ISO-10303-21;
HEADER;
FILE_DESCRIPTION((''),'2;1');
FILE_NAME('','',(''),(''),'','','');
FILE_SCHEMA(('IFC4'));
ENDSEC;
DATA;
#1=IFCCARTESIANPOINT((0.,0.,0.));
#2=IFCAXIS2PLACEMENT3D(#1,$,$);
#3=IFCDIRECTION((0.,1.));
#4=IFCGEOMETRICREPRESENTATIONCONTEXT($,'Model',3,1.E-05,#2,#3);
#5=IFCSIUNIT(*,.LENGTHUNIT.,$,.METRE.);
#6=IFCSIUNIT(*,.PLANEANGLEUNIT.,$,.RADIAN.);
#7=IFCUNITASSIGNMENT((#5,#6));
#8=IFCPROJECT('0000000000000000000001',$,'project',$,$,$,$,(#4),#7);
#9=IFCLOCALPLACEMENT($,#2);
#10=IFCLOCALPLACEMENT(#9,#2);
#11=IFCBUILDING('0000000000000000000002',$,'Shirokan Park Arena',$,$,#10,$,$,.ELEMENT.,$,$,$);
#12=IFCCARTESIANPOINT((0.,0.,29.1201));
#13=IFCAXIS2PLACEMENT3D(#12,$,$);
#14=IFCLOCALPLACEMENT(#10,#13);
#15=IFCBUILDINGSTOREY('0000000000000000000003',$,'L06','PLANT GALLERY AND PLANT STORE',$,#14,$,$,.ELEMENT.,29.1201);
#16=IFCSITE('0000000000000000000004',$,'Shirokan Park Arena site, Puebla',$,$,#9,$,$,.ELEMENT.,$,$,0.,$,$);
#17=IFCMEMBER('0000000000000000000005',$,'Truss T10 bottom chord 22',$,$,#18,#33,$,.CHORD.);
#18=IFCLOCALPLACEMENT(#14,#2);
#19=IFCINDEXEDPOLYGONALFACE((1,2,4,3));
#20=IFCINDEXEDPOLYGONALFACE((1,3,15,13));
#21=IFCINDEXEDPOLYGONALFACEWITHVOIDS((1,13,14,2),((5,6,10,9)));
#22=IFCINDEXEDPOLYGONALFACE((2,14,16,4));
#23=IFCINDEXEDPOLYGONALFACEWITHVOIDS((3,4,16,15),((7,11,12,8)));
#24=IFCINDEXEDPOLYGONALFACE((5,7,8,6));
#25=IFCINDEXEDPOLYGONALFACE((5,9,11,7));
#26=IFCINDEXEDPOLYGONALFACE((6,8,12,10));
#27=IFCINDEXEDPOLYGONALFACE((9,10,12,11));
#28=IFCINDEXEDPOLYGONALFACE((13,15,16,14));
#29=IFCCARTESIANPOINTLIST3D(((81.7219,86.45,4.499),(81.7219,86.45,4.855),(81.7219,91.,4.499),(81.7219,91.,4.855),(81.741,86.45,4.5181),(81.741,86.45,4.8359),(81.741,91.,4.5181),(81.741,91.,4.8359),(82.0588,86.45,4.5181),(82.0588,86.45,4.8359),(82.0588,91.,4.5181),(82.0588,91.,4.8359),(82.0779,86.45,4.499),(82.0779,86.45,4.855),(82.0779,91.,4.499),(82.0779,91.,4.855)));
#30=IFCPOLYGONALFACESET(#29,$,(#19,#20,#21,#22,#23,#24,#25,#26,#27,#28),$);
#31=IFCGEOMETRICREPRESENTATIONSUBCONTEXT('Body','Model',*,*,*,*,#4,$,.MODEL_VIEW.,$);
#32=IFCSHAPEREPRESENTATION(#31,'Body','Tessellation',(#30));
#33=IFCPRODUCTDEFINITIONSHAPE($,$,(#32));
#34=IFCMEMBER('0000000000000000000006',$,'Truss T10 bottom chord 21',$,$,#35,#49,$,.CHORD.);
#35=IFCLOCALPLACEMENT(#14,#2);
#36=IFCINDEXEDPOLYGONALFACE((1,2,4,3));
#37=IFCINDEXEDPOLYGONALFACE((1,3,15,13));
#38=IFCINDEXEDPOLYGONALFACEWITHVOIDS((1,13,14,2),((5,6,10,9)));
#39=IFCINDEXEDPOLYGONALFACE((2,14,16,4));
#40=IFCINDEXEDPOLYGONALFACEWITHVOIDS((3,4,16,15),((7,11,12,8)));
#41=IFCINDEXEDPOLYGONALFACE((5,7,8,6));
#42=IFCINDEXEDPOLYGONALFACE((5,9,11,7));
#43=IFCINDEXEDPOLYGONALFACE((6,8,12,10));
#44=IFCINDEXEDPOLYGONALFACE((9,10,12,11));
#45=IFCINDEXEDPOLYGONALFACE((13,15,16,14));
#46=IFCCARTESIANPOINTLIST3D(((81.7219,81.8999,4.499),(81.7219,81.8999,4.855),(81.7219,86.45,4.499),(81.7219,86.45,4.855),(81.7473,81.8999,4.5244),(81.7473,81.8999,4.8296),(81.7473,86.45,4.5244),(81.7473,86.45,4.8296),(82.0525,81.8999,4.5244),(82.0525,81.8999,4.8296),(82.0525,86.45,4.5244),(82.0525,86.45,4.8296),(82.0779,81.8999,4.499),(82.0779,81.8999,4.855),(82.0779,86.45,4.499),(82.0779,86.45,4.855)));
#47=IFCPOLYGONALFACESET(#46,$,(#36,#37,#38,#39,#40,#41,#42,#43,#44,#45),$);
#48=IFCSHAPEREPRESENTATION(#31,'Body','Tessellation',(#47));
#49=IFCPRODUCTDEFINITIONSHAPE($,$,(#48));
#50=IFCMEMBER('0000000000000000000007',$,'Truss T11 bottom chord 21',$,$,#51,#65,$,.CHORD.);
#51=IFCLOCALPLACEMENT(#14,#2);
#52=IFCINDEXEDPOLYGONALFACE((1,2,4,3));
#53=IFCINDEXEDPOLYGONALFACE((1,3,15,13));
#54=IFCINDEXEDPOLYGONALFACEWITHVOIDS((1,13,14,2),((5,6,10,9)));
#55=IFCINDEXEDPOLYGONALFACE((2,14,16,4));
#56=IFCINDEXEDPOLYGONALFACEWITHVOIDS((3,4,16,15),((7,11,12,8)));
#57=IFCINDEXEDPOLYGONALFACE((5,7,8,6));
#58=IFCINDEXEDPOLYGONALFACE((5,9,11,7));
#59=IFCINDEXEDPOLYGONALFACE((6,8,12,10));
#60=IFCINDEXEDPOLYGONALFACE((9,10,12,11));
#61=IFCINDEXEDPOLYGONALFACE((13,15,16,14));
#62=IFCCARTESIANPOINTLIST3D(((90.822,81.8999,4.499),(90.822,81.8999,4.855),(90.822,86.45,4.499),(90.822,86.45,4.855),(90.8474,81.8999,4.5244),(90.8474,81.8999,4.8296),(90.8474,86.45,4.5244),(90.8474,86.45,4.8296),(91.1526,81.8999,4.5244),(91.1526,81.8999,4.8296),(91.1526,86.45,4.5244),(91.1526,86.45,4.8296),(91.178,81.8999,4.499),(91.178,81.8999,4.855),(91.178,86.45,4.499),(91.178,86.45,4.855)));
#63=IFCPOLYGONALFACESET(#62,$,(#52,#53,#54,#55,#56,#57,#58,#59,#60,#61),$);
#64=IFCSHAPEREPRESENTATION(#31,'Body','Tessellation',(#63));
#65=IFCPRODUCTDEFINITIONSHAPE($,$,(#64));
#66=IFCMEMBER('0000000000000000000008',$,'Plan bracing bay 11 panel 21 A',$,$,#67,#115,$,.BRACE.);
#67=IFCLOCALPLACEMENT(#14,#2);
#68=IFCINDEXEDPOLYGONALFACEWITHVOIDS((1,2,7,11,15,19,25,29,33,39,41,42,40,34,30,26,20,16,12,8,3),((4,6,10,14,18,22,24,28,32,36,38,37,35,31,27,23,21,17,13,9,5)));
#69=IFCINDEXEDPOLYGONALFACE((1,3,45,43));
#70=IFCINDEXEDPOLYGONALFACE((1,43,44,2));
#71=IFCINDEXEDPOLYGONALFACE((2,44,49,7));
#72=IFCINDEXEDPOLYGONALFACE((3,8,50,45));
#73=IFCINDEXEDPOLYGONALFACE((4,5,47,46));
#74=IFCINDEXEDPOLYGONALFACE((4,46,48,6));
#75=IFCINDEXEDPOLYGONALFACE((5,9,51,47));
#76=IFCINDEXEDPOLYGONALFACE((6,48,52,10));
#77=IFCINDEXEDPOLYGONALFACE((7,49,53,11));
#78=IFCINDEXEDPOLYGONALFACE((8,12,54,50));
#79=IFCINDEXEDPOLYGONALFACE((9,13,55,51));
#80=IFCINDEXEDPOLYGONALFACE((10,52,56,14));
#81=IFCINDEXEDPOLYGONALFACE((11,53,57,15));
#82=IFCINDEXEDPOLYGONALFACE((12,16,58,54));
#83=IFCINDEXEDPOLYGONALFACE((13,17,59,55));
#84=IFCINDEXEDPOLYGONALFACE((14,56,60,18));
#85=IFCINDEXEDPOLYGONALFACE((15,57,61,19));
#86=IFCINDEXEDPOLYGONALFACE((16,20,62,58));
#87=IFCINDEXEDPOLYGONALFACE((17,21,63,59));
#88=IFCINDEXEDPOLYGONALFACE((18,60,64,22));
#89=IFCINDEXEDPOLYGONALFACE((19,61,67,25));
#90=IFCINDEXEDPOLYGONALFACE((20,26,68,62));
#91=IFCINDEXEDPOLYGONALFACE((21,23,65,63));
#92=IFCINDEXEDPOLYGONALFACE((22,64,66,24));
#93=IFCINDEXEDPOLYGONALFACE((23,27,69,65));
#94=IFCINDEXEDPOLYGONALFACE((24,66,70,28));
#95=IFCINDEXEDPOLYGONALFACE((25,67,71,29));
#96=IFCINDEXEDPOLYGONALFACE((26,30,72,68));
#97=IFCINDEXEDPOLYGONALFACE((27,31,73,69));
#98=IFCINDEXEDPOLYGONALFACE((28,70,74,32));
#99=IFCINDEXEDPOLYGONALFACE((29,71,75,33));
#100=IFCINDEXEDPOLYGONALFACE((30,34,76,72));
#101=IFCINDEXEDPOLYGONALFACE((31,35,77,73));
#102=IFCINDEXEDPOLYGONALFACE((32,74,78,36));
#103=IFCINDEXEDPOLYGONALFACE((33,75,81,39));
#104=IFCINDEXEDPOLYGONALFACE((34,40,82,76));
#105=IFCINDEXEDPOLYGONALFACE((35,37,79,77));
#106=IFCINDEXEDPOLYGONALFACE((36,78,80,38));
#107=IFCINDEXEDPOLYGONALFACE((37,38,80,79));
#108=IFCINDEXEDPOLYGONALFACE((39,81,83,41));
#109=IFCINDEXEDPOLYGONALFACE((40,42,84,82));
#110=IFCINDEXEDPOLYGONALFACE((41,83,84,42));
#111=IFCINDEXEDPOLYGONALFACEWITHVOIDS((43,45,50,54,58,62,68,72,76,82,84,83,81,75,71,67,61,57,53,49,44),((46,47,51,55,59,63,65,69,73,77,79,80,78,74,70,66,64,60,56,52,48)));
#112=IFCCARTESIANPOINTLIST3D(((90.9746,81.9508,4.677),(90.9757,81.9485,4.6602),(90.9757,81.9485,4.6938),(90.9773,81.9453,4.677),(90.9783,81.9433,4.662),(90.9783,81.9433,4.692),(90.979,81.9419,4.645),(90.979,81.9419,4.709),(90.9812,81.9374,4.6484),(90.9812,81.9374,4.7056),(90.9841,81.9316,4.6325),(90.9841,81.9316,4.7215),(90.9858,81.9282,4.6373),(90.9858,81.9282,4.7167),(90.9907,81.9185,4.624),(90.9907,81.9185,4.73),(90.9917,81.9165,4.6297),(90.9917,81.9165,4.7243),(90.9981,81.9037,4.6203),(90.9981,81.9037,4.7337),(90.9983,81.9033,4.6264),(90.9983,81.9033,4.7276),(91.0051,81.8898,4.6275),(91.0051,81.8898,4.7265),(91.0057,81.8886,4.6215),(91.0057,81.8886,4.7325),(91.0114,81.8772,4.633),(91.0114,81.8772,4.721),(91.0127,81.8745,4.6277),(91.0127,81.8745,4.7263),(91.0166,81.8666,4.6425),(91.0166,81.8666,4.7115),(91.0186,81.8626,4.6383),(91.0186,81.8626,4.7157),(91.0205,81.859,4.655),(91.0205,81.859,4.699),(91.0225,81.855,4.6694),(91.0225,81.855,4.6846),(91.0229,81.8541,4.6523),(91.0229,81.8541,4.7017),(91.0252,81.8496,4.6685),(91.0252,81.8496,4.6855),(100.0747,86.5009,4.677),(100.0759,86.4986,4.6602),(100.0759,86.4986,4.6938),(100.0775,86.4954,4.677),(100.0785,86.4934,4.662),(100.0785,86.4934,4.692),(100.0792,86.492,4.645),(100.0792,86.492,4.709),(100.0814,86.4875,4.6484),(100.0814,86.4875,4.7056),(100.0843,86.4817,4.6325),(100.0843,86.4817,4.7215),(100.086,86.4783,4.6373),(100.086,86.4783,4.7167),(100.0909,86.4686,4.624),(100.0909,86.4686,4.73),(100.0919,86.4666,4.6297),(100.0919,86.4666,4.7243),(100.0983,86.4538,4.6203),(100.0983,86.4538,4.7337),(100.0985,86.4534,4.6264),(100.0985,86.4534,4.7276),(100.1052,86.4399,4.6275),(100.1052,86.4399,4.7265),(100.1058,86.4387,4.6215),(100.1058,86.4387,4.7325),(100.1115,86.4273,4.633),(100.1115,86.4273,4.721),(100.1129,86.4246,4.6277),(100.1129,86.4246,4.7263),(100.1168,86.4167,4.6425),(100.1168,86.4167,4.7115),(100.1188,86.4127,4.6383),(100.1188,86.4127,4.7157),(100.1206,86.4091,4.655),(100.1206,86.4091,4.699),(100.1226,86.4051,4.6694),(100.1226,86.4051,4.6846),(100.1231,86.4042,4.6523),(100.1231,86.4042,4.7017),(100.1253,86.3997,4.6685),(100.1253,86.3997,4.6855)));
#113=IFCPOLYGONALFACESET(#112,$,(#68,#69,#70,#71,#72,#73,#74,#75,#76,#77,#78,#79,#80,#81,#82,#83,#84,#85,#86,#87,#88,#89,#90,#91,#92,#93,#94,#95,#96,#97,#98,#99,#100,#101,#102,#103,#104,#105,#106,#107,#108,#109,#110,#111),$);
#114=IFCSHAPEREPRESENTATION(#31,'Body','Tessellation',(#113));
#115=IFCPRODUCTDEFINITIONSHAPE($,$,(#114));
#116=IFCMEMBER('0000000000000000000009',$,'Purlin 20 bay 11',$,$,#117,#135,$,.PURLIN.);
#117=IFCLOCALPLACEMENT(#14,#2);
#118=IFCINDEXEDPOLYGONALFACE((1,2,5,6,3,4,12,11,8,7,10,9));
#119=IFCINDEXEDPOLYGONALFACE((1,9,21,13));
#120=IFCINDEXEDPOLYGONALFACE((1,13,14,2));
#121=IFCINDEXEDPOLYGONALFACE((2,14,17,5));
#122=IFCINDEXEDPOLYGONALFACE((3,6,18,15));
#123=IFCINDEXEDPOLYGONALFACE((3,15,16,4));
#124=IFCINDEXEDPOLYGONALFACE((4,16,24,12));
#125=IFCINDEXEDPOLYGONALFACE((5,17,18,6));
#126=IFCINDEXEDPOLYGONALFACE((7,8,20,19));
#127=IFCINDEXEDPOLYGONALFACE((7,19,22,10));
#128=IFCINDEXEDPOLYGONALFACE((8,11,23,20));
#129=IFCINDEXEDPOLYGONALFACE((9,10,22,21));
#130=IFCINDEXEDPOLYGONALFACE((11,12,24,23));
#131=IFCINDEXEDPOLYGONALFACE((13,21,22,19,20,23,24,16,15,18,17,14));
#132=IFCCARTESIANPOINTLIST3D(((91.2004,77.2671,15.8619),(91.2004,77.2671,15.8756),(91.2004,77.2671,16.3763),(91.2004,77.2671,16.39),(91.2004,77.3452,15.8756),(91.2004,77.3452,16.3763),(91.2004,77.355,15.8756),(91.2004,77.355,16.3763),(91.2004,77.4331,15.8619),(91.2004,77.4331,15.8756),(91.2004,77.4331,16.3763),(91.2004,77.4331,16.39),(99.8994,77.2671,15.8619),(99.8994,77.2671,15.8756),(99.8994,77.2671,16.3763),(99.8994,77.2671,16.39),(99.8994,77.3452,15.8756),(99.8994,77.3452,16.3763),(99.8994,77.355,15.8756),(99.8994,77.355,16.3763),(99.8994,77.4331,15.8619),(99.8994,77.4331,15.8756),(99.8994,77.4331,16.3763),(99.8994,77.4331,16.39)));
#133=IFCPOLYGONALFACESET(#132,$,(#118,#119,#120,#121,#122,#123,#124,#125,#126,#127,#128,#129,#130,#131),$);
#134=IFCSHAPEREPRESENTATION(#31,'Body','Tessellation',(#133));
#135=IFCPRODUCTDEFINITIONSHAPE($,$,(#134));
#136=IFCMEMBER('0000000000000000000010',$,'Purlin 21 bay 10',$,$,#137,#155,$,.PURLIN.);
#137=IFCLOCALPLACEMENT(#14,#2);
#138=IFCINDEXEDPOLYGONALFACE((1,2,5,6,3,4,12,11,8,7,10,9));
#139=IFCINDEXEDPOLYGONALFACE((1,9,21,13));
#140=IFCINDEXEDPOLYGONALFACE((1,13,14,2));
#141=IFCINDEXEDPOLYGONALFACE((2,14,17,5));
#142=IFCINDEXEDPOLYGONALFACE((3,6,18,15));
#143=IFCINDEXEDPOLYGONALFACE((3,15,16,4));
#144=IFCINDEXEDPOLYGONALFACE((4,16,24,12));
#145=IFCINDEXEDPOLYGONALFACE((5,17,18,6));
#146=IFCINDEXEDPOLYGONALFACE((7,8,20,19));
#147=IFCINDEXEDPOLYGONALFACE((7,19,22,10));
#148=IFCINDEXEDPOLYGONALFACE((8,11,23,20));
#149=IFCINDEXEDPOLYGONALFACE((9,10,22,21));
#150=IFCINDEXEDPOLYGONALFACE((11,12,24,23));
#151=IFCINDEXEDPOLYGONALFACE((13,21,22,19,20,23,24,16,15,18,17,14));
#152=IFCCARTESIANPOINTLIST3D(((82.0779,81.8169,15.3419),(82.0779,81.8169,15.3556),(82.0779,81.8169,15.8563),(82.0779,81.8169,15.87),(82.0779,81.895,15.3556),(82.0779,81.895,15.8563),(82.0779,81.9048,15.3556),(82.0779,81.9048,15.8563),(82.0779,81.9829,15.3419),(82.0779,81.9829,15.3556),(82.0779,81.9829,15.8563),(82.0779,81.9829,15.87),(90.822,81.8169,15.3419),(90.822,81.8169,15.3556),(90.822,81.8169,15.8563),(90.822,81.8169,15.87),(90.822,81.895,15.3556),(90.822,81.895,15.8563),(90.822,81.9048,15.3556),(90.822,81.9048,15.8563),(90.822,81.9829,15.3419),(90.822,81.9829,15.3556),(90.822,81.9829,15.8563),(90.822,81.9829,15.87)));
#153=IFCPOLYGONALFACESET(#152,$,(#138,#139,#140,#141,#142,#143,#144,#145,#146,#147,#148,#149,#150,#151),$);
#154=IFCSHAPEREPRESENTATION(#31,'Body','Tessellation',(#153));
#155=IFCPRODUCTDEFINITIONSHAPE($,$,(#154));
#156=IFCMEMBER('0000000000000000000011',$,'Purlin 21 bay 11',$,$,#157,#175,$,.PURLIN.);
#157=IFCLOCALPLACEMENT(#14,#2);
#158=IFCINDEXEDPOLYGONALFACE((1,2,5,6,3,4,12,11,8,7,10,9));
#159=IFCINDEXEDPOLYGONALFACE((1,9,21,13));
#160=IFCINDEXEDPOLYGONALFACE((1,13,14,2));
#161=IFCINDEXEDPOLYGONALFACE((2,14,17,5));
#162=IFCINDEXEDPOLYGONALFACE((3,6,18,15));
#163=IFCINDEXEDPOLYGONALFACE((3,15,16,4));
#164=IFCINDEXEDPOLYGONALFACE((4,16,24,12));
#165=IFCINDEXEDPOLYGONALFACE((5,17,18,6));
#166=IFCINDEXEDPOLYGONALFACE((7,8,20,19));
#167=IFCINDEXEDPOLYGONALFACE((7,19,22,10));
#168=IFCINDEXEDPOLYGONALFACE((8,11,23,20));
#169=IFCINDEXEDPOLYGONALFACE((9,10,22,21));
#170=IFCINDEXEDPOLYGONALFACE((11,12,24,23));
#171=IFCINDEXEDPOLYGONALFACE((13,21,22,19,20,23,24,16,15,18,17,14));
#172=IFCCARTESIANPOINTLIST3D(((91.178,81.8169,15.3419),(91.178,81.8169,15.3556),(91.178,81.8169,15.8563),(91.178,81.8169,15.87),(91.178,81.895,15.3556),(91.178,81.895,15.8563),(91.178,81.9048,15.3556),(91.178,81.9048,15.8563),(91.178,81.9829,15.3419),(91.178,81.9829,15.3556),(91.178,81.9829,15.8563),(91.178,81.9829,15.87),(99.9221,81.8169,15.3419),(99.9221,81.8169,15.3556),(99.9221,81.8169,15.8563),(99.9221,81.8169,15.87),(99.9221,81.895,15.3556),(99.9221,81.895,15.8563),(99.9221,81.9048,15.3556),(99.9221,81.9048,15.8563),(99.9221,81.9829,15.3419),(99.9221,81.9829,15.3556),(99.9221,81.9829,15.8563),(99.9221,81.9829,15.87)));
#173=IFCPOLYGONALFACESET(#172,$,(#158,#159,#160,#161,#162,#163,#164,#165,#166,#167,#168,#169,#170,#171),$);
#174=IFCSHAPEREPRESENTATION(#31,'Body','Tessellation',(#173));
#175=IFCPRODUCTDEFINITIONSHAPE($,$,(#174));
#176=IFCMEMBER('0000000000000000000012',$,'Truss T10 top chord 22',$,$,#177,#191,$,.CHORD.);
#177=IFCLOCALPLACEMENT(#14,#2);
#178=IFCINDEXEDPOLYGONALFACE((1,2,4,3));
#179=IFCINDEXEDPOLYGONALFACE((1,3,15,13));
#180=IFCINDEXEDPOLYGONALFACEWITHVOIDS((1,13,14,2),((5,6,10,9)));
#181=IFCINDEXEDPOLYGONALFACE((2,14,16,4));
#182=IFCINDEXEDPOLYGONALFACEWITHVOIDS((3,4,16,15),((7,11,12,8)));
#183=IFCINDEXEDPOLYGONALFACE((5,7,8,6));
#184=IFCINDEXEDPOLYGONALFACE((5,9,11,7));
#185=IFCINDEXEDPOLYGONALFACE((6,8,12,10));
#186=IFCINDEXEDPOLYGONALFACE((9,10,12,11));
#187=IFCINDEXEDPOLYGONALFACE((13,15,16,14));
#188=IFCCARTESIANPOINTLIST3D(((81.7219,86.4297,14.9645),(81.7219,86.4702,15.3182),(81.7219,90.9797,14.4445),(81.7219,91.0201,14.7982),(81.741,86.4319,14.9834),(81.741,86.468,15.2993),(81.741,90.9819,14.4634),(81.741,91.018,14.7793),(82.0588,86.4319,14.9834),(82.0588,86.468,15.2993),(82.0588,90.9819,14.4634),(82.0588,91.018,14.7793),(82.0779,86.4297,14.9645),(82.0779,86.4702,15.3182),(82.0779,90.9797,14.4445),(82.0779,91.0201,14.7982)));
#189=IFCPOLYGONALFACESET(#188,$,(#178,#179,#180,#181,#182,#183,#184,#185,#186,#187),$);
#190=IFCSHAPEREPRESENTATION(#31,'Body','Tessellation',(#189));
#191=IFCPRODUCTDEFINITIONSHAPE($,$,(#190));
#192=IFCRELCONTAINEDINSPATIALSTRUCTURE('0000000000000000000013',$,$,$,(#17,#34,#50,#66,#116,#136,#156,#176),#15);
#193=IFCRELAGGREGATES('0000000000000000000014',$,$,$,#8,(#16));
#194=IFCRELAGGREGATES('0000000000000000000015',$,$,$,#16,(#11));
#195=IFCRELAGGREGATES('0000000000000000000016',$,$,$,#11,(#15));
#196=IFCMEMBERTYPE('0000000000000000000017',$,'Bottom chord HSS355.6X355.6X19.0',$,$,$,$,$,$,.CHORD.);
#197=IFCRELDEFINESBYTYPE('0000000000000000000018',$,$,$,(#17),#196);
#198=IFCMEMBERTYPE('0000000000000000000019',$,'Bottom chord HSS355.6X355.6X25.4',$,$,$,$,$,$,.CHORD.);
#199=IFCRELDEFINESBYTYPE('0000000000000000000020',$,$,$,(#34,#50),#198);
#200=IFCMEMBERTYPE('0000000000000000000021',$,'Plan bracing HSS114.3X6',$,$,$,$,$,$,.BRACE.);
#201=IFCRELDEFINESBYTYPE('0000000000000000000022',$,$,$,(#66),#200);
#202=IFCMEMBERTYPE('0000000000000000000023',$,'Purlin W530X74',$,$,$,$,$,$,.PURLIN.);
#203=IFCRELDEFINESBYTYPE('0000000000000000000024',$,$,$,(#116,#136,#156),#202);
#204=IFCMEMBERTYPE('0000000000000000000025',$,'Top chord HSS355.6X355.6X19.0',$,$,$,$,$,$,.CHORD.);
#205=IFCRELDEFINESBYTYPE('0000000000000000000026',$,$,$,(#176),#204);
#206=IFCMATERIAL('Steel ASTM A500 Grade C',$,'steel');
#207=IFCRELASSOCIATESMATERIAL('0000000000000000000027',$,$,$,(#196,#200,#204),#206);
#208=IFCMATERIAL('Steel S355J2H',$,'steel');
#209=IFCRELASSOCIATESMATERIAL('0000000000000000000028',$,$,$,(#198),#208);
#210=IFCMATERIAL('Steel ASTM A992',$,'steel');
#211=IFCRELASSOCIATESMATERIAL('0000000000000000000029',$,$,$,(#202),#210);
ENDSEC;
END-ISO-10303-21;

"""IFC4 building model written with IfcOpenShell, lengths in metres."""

from ifc_helpers import new_model, si_unit, direction, frame, origin, origin_2d, place, context, subcontext, project, spatial, hollow_rectangle, hollow_circle, i_section, extrude, material, material_profile, profile_set, type_object, element, save


model = new_model("IFC4")

# Units and contexts
model_context = context("Model", 3, precision=1e-05, world=origin(), true_north=direction((0.0, 1.0)))
body_context = subcontext(model_context, "Body", "Model", "MODEL_VIEW")
ifc_project = project(units=[si_unit("LENGTHUNIT", "METRE"), si_unit("PLANEANGLEUNIT", "RADIAN")], contexts=[model_context])

# Site, building, storey
site_placement = place(None, origin())
site = spatial("IfcSite", under=ifc_project, at=site_placement, Name="Shirokan Park Arena site, Puebla", CompositionType="ELEMENT", RefElevation=0.0)
building_placement = place(site_placement, origin())
building = spatial("IfcBuilding", under=site, at=building_placement, Name="Shirokan Park Arena", CompositionType="ELEMENT")
storey_placement = place(building_placement, frame((0.0, 0.0, 29.1201)))
storey = spatial("IfcBuildingStorey", under=building, at=storey_placement, Name="L06", Description="PLANT GALLERY AND PLANT STORE", CompositionType="ELEMENT", Elevation=29.1201)

# Members
ifc_material_1 = material(Name="Steel ASTM A500 Grade C", Category="steel")
ifc_material_profile_1 = material_profile(ifc_material_1, hollow_rectangle(XDim=0.356, YDim=0.356, WallThickness=0.019, at=origin_2d()), Name="HSS355.6X355.6X19.0")
ifc_profile_set_1 = profile_set([ifc_material_profile_1], Name="Steel ASTM A500 Grade C")
member_type_1 = type_object("IfcMemberType", Name="Bottom chord HSS355.6X355.6X19.0", PredefinedType="CHORD", material=ifc_profile_set_1)
member_1_placement = place(storey_placement, frame((81.8999, 86.45, 4.677), z_axis=(0.0, 1.0, 0.0), x_axis=(-1.0, 0.0, 0.0)))
element("IfcMember", 1, at=member_1_placement, inside=storey, type_object=member_type_1, Name="Truss T10 bottom chord 22", PredefinedType="CHORD", context=body_context, shape_type="SweptSolid", body=[
    extrude(hollow_rectangle(XDim=0.356, YDim=0.356, WallThickness=0.019, at=origin_2d()), origin(), (0.0, 0.0, 1.0), 4.55),
])
ifc_material_2 = material(Name="Steel S355J2H", Category="steel")
ifc_material_profile_2 = material_profile(ifc_material_2, hollow_rectangle(XDim=0.356, YDim=0.356, WallThickness=0.0254, at=origin_2d()), Name="HSS355.6X355.6X25.4")
ifc_profile_set_2 = profile_set([ifc_material_profile_2], Name="Steel S355J2H")
member_type_2 = type_object("IfcMemberType", Name="Bottom chord HSS355.6X355.6X25.4", PredefinedType="CHORD", material=ifc_profile_set_2)
for number, where, z_axis, x_axis, name in (
    (2, (81.8999, 81.8999, 4.677), (0.0, 1.0, 0.0), (-1.0, 0.0, 0.0), "Truss T10 bottom chord 21"),
    (3, (91.0, 81.8999, 4.677), (0.0, 1.0, 0.0), (-1.0, 0.0, 0.0), "Truss T11 bottom chord 21"),
):
    element("IfcMember", number, at=place(storey_placement, frame(where, z_axis=z_axis, x_axis=x_axis)), inside=storey, type_object=member_type_2, Name=name, PredefinedType="CHORD", context=body_context, shape_type="SweptSolid", body=[
        extrude(hollow_rectangle(XDim=0.356, YDim=0.356, WallThickness=0.0254, at=origin_2d()), origin(), (0.0, 0.0, 1.0), 4.55),
    ])
ifc_material_profile_3 = material_profile(ifc_material_1, hollow_circle(Radius=0.0569, WallThickness=0.0061, at=origin_2d()), Name="HSS114.3X6")
ifc_profile_set_3 = profile_set([ifc_material_profile_3], Name="Steel ASTM A500 Grade C")
member_type_3 = type_object("IfcMemberType", Name="Plan bracing HSS114.3X6", PredefinedType="BRACE", material=ifc_profile_set_3)
member_2_placement = place(storey_placement, frame((91.0, 81.8999, 4.677), z_axis=(0.894427, 0.447214, 0.0), x_axis=(-0.447214, 0.894427, 0.0)))
element("IfcMember", 4, at=member_2_placement, inside=storey, type_object=member_type_3, Name="Plan bracing bay 11 panel 21 A", PredefinedType="BRACE", context=body_context, shape_type="SweptSolid", body=[
    extrude(hollow_circle(Radius=0.0569, WallThickness=0.0061, at=origin_2d()), origin(), (0.0, 0.0, 1.0), 10.1743),
])
ifc_material_3 = material(Name="Steel ASTM A992", Category="steel")
ifc_material_profile_4 = material_profile(ifc_material_3, i_section(OverallWidth=0.166, OverallDepth=0.5281, WebThickness=0.0098, FlangeThickness=0.0137, at=origin_2d()), Name="W530X74")
ifc_profile_set_4 = profile_set([ifc_material_profile_4], Name="Steel ASTM A992")
member_type_4 = type_object("IfcMemberType", Name="Purlin W530X74", PredefinedType="PURLIN", material=ifc_profile_set_4)
member_3_placement = place(storey_placement, frame((91.2004, 77.3501, 16.126), z_axis=(1.0, 0.0, 0.0), x_axis=(0.0, 1.0, 0.0)))
element("IfcMember", 5, at=member_3_placement, inside=storey, type_object=member_type_4, Name="Purlin 20 bay 11", PredefinedType="PURLIN", context=body_context, shape_type="SweptSolid", body=[
    extrude(i_section(OverallWidth=0.166, OverallDepth=0.5281, WebThickness=0.0098, FlangeThickness=0.0137, at=origin_2d()), origin(), (0.0, 0.0, 1.0), 8.699),
])
for number, where, z_axis, x_axis, name in (
    (6, (82.0779, 81.8999, 15.606), (1.0, 0.0, 0.0), (0.0, 1.0, 0.0), "Purlin 21 bay 10"),
    (7, (91.178, 81.8999, 15.606), (1.0, 0.0, 0.0), (0.0, 1.0, 0.0), "Purlin 21 bay 11"),
):
    element("IfcMember", number, at=place(storey_placement, frame(where, z_axis=z_axis, x_axis=x_axis)), inside=storey, type_object=member_type_4, Name=name, PredefinedType="PURLIN", context=body_context, shape_type="SweptSolid", body=[
        extrude(i_section(OverallWidth=0.166, OverallDepth=0.5281, WebThickness=0.0098, FlangeThickness=0.0137, at=origin_2d()), origin(), (0.0, 0.0, 1.0), 8.7441),
    ])
ifc_material_profile_5 = material_profile(ifc_material_1, hollow_rectangle(XDim=0.356, YDim=0.356, WallThickness=0.019, at=origin_2d()), Name="HSS355.6X355.6X19.0")
ifc_profile_set_5 = profile_set([ifc_material_profile_5], Name="Steel ASTM A500 Grade C")
member_type_5 = type_object("IfcMemberType", Name="Top chord HSS355.6X355.6X19.0", PredefinedType="CHORD", material=ifc_profile_set_5)
member_4_placement = place(storey_placement, frame((81.8999, 86.45, 15.1414), z_axis=(0.0, 0.993532, -0.11355), x_axis=(-1.0, 0.0, 0.0)))
element("IfcMember", 8, at=member_4_placement, inside=storey, type_object=member_type_5, Name="Truss T10 top chord 22", PredefinedType="CHORD", context=body_context, shape_type="SweptSolid", body=[
    extrude(hollow_rectangle(XDim=0.356, YDim=0.356, WallThickness=0.019, at=origin_2d()), origin(), (0.0, 0.0, 1.0), 4.5796),
])

save(model, "model.ifc")
